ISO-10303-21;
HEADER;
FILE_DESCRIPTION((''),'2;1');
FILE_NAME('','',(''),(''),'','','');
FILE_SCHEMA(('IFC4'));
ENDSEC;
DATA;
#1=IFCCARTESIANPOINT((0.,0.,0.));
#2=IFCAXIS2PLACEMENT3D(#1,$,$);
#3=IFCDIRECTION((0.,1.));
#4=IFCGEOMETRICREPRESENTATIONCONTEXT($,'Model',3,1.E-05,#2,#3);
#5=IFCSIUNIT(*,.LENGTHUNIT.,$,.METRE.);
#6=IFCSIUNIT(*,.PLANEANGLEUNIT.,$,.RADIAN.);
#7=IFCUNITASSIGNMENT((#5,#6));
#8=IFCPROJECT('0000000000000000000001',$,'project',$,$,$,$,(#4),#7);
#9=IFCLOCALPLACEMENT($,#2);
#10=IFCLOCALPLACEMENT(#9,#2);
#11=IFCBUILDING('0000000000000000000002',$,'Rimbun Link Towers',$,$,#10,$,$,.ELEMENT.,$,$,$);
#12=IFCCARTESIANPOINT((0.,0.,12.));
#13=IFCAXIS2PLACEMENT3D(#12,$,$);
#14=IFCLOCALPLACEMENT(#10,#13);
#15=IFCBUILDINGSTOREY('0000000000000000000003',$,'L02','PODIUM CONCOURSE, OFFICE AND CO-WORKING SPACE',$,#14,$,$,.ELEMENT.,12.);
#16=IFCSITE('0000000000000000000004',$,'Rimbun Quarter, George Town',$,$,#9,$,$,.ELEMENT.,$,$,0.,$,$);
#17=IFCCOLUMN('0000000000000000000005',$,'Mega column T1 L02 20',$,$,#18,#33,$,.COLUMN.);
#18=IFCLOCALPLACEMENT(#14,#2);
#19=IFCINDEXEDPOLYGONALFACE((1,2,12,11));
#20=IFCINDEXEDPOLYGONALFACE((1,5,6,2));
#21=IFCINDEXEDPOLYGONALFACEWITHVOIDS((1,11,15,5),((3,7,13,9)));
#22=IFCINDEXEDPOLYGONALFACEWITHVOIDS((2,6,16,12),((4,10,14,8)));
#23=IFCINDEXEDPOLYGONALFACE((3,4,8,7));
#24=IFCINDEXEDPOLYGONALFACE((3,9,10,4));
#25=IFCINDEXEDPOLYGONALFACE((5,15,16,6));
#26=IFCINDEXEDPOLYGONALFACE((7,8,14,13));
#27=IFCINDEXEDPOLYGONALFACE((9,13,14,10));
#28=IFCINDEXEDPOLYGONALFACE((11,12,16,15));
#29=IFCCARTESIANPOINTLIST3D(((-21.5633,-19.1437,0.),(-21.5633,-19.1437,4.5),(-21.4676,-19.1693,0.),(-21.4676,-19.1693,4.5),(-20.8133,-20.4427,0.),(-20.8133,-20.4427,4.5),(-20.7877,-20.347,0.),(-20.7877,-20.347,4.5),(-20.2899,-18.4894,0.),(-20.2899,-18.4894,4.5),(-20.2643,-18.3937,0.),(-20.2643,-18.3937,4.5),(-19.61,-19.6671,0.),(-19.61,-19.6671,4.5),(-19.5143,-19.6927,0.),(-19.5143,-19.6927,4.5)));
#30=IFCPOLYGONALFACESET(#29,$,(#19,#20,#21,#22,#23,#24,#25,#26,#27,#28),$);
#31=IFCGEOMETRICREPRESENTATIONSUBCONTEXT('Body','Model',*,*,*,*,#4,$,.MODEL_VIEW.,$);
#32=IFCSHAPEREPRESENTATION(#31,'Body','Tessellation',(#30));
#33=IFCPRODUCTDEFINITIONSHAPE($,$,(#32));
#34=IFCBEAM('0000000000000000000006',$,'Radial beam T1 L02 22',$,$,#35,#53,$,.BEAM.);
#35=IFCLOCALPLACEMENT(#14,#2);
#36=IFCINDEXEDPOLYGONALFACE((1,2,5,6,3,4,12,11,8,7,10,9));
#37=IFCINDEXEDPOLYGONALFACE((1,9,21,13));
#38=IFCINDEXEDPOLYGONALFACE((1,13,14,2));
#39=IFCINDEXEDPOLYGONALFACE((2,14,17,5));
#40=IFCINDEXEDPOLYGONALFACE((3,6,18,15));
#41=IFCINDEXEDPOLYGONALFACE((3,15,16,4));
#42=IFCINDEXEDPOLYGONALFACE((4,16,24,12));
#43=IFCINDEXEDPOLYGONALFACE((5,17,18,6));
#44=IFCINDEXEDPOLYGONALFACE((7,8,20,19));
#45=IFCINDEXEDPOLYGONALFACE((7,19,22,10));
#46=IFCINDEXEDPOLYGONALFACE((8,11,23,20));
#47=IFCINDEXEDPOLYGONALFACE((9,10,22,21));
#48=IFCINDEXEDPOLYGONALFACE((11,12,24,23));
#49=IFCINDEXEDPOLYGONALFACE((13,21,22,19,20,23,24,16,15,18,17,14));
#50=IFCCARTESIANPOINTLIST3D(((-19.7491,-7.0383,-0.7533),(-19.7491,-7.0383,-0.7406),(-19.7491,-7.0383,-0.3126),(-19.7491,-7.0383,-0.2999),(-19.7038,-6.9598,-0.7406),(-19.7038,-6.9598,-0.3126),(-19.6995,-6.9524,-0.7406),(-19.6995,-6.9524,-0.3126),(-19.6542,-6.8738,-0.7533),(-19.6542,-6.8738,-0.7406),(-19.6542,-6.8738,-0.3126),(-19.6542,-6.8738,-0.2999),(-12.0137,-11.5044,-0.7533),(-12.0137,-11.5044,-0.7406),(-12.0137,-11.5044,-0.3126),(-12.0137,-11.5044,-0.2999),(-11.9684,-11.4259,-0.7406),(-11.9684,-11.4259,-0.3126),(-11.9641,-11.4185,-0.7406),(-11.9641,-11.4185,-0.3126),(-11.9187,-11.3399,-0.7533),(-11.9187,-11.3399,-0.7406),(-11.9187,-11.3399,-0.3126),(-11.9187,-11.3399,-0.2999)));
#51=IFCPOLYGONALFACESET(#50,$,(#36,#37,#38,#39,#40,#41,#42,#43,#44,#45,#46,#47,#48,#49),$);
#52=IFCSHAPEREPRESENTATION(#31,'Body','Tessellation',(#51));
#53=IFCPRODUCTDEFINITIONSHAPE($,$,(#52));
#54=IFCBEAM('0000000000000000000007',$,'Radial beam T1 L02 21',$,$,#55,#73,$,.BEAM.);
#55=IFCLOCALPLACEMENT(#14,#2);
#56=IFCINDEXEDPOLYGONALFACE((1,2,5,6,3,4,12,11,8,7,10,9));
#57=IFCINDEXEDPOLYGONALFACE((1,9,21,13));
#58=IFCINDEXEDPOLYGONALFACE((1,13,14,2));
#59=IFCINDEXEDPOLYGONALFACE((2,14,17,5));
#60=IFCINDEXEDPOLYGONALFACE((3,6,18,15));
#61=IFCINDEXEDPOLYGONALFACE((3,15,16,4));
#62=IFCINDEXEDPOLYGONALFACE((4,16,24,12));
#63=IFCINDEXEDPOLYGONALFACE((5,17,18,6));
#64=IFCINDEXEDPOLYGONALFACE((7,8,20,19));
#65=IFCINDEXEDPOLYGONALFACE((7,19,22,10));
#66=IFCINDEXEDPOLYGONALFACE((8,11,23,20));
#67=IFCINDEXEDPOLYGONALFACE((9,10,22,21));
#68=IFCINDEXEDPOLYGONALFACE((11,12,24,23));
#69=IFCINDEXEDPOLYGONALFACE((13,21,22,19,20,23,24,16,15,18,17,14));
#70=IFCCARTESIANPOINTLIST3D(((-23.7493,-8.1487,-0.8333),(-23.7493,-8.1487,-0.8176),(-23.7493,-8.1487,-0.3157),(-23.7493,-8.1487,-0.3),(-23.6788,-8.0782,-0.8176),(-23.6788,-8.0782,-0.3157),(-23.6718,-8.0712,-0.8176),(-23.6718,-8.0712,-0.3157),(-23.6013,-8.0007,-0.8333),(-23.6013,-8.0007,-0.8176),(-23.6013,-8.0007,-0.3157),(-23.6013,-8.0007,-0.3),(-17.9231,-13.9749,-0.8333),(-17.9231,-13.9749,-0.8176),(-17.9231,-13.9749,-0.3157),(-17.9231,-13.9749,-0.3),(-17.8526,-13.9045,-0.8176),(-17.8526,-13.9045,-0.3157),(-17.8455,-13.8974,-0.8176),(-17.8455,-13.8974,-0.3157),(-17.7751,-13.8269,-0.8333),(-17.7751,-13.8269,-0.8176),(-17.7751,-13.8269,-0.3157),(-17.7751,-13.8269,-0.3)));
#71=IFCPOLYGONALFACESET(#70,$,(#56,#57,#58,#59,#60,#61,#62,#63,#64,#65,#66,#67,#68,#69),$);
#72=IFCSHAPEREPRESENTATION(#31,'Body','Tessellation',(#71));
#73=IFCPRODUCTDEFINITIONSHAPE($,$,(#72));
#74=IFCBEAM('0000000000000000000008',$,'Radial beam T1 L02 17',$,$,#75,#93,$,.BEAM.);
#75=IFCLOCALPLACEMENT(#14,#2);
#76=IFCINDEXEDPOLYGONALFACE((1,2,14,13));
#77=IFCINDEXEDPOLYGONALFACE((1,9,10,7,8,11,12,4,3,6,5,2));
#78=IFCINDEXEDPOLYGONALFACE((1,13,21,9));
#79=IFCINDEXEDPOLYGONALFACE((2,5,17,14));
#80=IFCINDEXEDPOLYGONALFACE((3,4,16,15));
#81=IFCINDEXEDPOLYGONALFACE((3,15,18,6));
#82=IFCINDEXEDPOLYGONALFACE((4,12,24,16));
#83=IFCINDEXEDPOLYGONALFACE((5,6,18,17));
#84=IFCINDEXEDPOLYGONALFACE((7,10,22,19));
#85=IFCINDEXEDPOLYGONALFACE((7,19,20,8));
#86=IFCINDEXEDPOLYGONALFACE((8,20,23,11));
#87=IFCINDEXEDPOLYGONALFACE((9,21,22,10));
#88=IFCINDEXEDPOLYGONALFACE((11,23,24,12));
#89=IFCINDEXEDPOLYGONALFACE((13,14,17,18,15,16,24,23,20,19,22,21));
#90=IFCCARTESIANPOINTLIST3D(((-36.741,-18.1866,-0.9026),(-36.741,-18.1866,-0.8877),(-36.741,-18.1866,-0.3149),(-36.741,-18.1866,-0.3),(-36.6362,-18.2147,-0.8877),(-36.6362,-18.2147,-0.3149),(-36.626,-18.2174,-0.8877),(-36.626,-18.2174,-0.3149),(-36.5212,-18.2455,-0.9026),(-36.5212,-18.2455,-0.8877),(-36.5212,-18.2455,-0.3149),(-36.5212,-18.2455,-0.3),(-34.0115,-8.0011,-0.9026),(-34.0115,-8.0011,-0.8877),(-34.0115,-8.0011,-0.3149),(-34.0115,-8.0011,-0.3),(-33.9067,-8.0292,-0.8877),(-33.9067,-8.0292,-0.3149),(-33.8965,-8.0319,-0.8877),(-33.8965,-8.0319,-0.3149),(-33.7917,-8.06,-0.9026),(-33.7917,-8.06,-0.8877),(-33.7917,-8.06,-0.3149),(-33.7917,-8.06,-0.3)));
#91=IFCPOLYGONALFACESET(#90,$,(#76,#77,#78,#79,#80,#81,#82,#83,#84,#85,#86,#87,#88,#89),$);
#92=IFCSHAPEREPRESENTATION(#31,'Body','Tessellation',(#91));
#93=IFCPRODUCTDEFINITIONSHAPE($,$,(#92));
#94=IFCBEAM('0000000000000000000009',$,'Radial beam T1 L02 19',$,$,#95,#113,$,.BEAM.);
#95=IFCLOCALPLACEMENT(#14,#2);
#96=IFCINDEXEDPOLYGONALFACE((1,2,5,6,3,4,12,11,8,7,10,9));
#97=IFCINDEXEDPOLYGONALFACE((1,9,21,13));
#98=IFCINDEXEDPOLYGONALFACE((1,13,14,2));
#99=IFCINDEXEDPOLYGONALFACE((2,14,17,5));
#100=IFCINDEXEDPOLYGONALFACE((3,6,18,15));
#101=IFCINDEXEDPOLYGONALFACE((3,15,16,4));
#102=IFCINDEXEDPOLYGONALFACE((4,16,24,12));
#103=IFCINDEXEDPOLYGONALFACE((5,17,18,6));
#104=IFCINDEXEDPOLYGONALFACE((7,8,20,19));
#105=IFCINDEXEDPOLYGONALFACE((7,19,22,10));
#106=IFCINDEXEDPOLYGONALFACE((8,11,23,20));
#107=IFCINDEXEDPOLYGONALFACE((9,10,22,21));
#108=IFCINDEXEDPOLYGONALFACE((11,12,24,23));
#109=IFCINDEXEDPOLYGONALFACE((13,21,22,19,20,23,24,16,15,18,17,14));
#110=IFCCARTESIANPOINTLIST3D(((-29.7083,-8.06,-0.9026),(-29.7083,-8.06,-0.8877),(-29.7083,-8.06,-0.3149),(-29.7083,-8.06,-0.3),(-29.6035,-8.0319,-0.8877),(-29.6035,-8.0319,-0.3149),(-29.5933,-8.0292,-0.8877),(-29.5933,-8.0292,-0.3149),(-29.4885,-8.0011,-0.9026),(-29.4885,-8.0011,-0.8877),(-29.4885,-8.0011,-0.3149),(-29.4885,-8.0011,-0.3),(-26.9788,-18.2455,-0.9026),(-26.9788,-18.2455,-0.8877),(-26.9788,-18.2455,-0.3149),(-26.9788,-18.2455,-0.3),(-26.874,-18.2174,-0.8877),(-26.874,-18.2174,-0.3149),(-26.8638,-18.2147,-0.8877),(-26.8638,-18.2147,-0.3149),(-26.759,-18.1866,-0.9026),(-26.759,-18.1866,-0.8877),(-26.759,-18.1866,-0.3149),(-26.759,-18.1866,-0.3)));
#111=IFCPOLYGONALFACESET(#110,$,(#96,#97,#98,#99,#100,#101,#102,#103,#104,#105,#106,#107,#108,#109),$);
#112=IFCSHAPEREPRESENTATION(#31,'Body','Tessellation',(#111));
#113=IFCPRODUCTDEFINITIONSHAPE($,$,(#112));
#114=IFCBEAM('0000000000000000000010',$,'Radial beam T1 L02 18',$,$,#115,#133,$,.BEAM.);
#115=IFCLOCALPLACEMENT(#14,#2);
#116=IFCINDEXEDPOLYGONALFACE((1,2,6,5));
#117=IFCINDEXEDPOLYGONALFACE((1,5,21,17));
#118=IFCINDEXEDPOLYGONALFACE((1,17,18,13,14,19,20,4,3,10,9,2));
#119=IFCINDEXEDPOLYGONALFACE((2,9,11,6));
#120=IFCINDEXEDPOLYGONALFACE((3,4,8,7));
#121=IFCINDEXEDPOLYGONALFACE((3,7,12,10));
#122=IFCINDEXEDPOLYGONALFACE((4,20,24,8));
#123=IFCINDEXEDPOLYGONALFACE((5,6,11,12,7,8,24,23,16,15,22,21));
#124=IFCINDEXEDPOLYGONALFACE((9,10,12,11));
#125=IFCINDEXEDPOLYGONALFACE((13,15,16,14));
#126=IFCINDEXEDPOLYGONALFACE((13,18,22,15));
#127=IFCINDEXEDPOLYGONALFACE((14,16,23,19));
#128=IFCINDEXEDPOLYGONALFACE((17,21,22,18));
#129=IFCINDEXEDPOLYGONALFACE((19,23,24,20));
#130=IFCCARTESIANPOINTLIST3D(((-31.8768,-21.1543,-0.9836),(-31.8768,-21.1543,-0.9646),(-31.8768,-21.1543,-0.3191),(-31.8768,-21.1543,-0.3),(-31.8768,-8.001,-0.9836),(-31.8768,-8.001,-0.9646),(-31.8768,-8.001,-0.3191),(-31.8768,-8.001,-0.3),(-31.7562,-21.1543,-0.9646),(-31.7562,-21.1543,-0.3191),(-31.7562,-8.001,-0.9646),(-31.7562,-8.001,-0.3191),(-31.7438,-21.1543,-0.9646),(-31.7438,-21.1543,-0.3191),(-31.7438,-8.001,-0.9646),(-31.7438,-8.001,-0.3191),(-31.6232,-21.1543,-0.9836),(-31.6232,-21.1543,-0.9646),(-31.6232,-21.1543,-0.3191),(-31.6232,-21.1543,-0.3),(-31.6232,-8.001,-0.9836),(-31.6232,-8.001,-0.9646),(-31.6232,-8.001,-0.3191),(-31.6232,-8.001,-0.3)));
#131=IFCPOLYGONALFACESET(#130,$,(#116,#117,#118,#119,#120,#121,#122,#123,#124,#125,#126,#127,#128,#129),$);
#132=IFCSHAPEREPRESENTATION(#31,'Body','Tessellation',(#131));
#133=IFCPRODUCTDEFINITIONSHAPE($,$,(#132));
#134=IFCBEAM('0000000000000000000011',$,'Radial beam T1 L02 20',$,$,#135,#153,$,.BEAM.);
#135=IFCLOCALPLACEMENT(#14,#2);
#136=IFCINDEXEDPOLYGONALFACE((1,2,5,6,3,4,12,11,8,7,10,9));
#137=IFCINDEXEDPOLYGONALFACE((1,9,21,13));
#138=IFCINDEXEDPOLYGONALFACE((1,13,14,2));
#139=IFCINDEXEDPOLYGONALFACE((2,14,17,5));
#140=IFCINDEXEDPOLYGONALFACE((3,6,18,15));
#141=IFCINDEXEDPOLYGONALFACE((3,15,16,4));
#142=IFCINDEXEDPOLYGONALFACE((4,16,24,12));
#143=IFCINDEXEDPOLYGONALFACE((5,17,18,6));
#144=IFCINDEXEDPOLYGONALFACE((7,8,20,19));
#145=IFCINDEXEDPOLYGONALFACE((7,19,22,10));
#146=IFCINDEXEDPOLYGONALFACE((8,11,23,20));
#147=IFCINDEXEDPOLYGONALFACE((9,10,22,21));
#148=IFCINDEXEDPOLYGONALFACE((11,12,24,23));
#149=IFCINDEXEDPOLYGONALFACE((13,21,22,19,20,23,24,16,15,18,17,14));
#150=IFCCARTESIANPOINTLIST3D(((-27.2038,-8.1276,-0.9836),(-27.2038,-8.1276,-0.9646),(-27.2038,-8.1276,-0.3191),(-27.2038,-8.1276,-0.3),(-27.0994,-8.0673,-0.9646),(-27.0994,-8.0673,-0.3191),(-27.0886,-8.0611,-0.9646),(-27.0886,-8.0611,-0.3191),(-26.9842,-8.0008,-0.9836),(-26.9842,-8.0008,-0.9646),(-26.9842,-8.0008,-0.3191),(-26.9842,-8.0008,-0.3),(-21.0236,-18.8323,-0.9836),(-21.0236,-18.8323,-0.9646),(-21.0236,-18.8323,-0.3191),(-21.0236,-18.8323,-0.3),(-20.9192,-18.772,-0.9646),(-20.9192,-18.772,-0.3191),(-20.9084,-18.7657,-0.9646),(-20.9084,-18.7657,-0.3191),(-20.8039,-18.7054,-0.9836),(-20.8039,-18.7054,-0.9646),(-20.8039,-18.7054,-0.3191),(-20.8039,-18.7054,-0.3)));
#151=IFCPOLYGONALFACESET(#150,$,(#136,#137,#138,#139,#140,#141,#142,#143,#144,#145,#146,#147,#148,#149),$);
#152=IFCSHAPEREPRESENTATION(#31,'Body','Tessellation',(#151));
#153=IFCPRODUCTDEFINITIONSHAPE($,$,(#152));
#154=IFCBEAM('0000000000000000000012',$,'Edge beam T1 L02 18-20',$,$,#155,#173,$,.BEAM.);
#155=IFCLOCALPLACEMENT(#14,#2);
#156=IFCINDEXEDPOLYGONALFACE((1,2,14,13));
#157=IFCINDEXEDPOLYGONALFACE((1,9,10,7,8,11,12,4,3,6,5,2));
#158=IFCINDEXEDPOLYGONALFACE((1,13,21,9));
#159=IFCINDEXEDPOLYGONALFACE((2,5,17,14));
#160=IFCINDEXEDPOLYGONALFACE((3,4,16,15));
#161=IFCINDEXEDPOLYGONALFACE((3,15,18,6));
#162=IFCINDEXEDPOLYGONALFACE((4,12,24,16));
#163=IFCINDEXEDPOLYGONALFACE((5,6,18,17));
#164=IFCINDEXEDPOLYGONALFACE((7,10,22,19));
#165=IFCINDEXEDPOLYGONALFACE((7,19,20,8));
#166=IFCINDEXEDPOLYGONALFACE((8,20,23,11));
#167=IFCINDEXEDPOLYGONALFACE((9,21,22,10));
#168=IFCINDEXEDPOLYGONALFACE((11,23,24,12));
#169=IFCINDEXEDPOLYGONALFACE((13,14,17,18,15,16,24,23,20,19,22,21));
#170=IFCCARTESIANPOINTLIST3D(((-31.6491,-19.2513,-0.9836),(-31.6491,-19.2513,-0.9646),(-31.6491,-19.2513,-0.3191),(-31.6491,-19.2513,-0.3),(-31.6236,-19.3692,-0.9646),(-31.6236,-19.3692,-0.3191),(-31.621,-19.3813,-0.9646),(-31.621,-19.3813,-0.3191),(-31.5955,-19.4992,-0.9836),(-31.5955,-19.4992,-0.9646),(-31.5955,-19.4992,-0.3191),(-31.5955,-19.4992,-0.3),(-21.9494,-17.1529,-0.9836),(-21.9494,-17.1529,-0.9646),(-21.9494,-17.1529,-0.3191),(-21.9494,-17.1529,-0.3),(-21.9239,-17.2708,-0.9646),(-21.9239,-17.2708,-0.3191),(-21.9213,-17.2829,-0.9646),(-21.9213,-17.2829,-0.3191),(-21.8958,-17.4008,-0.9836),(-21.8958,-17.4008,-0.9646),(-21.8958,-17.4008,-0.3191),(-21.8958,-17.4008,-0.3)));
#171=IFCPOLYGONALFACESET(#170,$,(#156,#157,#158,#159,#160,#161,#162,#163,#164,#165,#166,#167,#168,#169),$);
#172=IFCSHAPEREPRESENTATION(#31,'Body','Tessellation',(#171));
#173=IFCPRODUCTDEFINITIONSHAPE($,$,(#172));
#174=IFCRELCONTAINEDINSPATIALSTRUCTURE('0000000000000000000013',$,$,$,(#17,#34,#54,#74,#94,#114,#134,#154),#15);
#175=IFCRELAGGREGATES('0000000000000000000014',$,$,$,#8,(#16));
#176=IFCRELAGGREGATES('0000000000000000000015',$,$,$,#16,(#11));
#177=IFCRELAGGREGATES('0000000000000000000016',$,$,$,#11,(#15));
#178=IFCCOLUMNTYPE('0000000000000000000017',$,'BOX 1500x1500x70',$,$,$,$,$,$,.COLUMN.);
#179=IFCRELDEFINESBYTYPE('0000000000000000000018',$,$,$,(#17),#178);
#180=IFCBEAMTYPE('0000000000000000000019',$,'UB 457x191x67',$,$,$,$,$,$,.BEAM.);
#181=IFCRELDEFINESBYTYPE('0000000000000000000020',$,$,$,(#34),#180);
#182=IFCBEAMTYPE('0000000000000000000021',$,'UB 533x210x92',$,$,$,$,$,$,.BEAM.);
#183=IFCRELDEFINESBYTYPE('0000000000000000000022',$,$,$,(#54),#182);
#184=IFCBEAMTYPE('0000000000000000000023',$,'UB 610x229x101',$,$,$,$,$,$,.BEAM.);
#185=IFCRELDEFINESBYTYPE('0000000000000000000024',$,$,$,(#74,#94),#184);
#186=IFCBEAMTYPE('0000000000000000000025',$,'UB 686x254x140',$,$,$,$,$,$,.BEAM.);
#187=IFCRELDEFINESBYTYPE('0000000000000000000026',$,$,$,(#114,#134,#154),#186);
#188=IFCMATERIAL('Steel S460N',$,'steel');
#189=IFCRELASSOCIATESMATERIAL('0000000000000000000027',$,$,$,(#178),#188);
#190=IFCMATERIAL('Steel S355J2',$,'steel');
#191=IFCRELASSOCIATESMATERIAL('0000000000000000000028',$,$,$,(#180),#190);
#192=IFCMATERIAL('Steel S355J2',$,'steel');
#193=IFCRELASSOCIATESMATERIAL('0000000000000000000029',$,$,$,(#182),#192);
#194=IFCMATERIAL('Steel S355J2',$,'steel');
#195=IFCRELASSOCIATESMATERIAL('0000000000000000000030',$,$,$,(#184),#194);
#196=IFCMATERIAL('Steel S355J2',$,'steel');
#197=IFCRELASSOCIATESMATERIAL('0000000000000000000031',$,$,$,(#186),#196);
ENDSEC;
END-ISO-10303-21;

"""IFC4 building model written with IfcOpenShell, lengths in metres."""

from ifc_helpers import new_model, si_unit, direction, frame, origin, origin_2d, place, context, subcontext, project, spatial, hollow_rectangle, i_section, extrude, material, material_profile, profile_set, type_object, element, save


model = new_model("IFC4")

# Units and contexts
model_context = context("Model", 3, precision=1e-05, world=origin(), true_north=direction((0.0, 1.0)))
body_context = subcontext(model_context, "Body", "Model", "MODEL_VIEW")
ifc_project = project(units=[si_unit("LENGTHUNIT", "METRE"), si_unit("PLANEANGLEUNIT", "RADIAN")], contexts=[model_context])

# Site, building, storey
site_placement = place(None, origin())
site = spatial("IfcSite", under=ifc_project, at=site_placement, Name="Rimbun Quarter, George Town", CompositionType="ELEMENT", RefElevation=0.0)
building_placement = place(site_placement, origin())
building = spatial("IfcBuilding", under=site, at=building_placement, Name="Rimbun Link Towers", CompositionType="ELEMENT")
storey_placement = place(building_placement, frame((0.0, 0.0, 12.0)))
storey = spatial("IfcBuildingStorey", under=building, at=storey_placement, Name="L02", Description="PODIUM CONCOURSE, OFFICE AND CO-WORKING SPACE", CompositionType="ELEMENT", Elevation=12.0)

# Column
ifc_material_1 = material(Name="Steel S460N", Category="steel")
ifc_material_profile_1 = material_profile(ifc_material_1, hollow_rectangle(XDim=1.5, YDim=1.5, WallThickness=0.0701, at=origin_2d()), Name="BOX 1500x1500x70")
ifc_profile_set_1 = profile_set([ifc_material_profile_1], Name="Steel S460N")
column_type = type_object("IfcColumnType", Name="BOX 1500x1500x70", PredefinedType="COLUMN", material=ifc_profile_set_1)
column_placement = place(storey_placement, frame((-20.5388, -19.4182, 0.0), z_axis=(0.0, 0.0, 1.0), x_axis=(0.5, -0.866025, 0.0)))
element("IfcColumn", 1, at=column_placement, inside=storey, type_object=column_type, Name="Mega column T1 L02 20", PredefinedType="COLUMN", context=body_context, shape_type="SweptSolid", body=[
    extrude(hollow_rectangle(XDim=1.5, YDim=1.5, WallThickness=0.0701, at=origin_2d()), origin(), (0.0, 0.0, 1.0), 4.5),
])

# Beams
ifc_material_2 = material(Name="Steel S355J2", Category="steel")
ifc_material_profile_2 = material_profile(ifc_material_2, i_section(OverallWidth=0.1899, OverallDepth=0.4534, WebThickness=0.0085, FlangeThickness=0.0127, at=origin_2d()), Name="UB 457x191x67")
ifc_profile_set_2 = profile_set([ifc_material_profile_2], Name="Steel S355J2")
beam_type_1 = type_object("IfcBeamType", Name="UB 457x191x67", PredefinedType="BEAM", material=ifc_profile_set_2)
beam_1_placement = place(storey_placement, frame((-19.7017, -6.9561, -0.5266), z_axis=(0.866023, -0.500005, 0.0), x_axis=(0.500005, 0.866023, 0.0)))
element("IfcBeam", 2, at=beam_1_placement, inside=storey, type_object=beam_type_1, Name="Radial beam T1 L02 22", PredefinedType="BEAM", context=body_context, shape_type="SweptSolid", body=[
    extrude(i_section(OverallWidth=0.1899, OverallDepth=0.4534, WebThickness=0.0085, FlangeThickness=0.0127, at=origin_2d()), origin(), (0.0, 0.0, 1.0), 8.9321),
])
ifc_material_3 = material(Name="Steel S355J2", Category="steel")
ifc_material_profile_3 = material_profile(ifc_material_3, i_section(OverallWidth=0.2092, OverallDepth=0.5332, WebThickness=0.01, FlangeThickness=0.0156, at=origin_2d()), Name="UB 533x210x92")
ifc_profile_set_3 = profile_set([ifc_material_profile_3], Name="Steel S355J2")
beam_type_2 = type_object("IfcBeamType", Name="UB 533x210x92", PredefinedType="BEAM", material=ifc_profile_set_3)
beam_2_placement = place(storey_placement, frame((-23.6753, -8.0747, -0.5667), z_axis=(0.707107, -0.707107, 0.0), x_axis=(0.707107, 0.707107, 0.0)))
element("IfcBeam", 3, at=beam_2_placement, inside=storey, type_object=beam_type_2, Name="Radial beam T1 L02 21", PredefinedType="BEAM", context=body_context, shape_type="SweptSolid", body=[
    extrude(i_section(OverallWidth=0.2092, OverallDepth=0.5332, WebThickness=0.01, FlangeThickness=0.0156, at=origin_2d()), origin(), (0.0, 0.0, 1.0), 8.2395),
])
ifc_material_4 = material(Name="Steel S355J2", Category="steel")
ifc_material_profile_4 = material_profile(ifc_material_4, i_section(OverallWidth=0.2275, OverallDepth=0.6025, WebThickness=0.0105, FlangeThickness=0.0149, at=origin_2d()), Name="UB 610x229x101")
ifc_profile_set_4 = profile_set([ifc_material_profile_4], Name="Steel S355J2")
beam_type_3 = type_object("IfcBeamType", Name="UB 610x229x101", PredefinedType="BEAM", material=ifc_profile_set_4)
for number, where, z_axis, x_axis, name in (
    (4, (-33.9016, -8.0305, -0.6013), (-0.258844, -0.965919, 0.0), (0.965919, -0.258844, 0.0), "Radial beam T1 L02 17"),
    (5, (-29.5984, -8.0305, -0.6013), (0.258844, -0.965919, 0.0), (0.965919, 0.258844, 0.0), "Radial beam T1 L02 19"),
):
    element("IfcBeam", number, at=place(storey_placement, frame(where, z_axis=z_axis, x_axis=x_axis)), inside=storey, type_object=beam_type_3, Name=name, PredefinedType="BEAM", context=body_context, shape_type="SweptSolid", body=[
        extrude(i_section(OverallWidth=0.2275, OverallDepth=0.6025, WebThickness=0.0105, FlangeThickness=0.0149, at=origin_2d()), origin(), (0.0, 0.0, 1.0), 10.5449),
    ])
ifc_material_5 = material(Name="Steel S355J2", Category="steel")
ifc_material_profile_5 = material_profile(ifc_material_5, i_section(OverallWidth=0.2537, OverallDepth=0.6836, WebThickness=0.0125, FlangeThickness=0.019, at=origin_2d()), Name="UB 686x254x140")
ifc_profile_set_5 = profile_set([ifc_material_profile_5], Name="Steel S355J2")
beam_type_4 = type_object("IfcBeamType", Name="UB 686x254x140", PredefinedType="BEAM", material=ifc_profile_set_5)
beam_3_placement = place(storey_placement, frame((-31.75, -8.001, -0.6418), z_axis=(0.0, -1.0, 0.0), x_axis=(1.0, 0.0, 0.0)))
element("IfcBeam", 6, at=beam_3_placement, inside=storey, type_object=beam_type_4, Name="Radial beam T1 L02 18", PredefinedType="BEAM", context=body_context, shape_type="SweptSolid", body=[
    extrude(i_section(OverallWidth=0.2537, OverallDepth=0.6836, WebThickness=0.0125, FlangeThickness=0.019, at=origin_2d()), origin(), (0.0, 0.0, 1.0), 13.1533),
])
beam_4_placement = place(storey_placement, frame((-27.094, -8.0642, -0.6418), z_axis=(0.499993, -0.86603, 0.0), x_axis=(0.86603, 0.499993, 0.0)))
element("IfcBeam", 7, at=beam_4_placement, inside=storey, type_object=beam_type_4, Name="Radial beam T1 L02 20", PredefinedType="BEAM", context=body_context, shape_type="SweptSolid", body=[
    extrude(i_section(OverallWidth=0.2537, OverallDepth=0.6836, WebThickness=0.0125, FlangeThickness=0.019, at=origin_2d()), origin(), (0.0, 0.0, 1.0), 12.3606),
])
beam_5_placement = place(storey_placement, frame((-31.6223, -19.3752, -0.6418), z_axis=(0.97739, 0.211444, 0.0), x_axis=(-0.211444, 0.97739, 0.0)))
element("IfcBeam", 8, at=beam_5_placement, inside=storey, type_object=beam_type_4, Name="Edge beam T1 L02 18-20", PredefinedType="BEAM", context=body_context, shape_type="SweptSolid", body=[
    extrude(i_section(OverallWidth=0.2537, OverallDepth=0.6836, WebThickness=0.0125, FlangeThickness=0.019, at=origin_2d()), origin(), (0.0, 0.0, 1.0), 9.9241),
])

save(model, "model.ifc")
